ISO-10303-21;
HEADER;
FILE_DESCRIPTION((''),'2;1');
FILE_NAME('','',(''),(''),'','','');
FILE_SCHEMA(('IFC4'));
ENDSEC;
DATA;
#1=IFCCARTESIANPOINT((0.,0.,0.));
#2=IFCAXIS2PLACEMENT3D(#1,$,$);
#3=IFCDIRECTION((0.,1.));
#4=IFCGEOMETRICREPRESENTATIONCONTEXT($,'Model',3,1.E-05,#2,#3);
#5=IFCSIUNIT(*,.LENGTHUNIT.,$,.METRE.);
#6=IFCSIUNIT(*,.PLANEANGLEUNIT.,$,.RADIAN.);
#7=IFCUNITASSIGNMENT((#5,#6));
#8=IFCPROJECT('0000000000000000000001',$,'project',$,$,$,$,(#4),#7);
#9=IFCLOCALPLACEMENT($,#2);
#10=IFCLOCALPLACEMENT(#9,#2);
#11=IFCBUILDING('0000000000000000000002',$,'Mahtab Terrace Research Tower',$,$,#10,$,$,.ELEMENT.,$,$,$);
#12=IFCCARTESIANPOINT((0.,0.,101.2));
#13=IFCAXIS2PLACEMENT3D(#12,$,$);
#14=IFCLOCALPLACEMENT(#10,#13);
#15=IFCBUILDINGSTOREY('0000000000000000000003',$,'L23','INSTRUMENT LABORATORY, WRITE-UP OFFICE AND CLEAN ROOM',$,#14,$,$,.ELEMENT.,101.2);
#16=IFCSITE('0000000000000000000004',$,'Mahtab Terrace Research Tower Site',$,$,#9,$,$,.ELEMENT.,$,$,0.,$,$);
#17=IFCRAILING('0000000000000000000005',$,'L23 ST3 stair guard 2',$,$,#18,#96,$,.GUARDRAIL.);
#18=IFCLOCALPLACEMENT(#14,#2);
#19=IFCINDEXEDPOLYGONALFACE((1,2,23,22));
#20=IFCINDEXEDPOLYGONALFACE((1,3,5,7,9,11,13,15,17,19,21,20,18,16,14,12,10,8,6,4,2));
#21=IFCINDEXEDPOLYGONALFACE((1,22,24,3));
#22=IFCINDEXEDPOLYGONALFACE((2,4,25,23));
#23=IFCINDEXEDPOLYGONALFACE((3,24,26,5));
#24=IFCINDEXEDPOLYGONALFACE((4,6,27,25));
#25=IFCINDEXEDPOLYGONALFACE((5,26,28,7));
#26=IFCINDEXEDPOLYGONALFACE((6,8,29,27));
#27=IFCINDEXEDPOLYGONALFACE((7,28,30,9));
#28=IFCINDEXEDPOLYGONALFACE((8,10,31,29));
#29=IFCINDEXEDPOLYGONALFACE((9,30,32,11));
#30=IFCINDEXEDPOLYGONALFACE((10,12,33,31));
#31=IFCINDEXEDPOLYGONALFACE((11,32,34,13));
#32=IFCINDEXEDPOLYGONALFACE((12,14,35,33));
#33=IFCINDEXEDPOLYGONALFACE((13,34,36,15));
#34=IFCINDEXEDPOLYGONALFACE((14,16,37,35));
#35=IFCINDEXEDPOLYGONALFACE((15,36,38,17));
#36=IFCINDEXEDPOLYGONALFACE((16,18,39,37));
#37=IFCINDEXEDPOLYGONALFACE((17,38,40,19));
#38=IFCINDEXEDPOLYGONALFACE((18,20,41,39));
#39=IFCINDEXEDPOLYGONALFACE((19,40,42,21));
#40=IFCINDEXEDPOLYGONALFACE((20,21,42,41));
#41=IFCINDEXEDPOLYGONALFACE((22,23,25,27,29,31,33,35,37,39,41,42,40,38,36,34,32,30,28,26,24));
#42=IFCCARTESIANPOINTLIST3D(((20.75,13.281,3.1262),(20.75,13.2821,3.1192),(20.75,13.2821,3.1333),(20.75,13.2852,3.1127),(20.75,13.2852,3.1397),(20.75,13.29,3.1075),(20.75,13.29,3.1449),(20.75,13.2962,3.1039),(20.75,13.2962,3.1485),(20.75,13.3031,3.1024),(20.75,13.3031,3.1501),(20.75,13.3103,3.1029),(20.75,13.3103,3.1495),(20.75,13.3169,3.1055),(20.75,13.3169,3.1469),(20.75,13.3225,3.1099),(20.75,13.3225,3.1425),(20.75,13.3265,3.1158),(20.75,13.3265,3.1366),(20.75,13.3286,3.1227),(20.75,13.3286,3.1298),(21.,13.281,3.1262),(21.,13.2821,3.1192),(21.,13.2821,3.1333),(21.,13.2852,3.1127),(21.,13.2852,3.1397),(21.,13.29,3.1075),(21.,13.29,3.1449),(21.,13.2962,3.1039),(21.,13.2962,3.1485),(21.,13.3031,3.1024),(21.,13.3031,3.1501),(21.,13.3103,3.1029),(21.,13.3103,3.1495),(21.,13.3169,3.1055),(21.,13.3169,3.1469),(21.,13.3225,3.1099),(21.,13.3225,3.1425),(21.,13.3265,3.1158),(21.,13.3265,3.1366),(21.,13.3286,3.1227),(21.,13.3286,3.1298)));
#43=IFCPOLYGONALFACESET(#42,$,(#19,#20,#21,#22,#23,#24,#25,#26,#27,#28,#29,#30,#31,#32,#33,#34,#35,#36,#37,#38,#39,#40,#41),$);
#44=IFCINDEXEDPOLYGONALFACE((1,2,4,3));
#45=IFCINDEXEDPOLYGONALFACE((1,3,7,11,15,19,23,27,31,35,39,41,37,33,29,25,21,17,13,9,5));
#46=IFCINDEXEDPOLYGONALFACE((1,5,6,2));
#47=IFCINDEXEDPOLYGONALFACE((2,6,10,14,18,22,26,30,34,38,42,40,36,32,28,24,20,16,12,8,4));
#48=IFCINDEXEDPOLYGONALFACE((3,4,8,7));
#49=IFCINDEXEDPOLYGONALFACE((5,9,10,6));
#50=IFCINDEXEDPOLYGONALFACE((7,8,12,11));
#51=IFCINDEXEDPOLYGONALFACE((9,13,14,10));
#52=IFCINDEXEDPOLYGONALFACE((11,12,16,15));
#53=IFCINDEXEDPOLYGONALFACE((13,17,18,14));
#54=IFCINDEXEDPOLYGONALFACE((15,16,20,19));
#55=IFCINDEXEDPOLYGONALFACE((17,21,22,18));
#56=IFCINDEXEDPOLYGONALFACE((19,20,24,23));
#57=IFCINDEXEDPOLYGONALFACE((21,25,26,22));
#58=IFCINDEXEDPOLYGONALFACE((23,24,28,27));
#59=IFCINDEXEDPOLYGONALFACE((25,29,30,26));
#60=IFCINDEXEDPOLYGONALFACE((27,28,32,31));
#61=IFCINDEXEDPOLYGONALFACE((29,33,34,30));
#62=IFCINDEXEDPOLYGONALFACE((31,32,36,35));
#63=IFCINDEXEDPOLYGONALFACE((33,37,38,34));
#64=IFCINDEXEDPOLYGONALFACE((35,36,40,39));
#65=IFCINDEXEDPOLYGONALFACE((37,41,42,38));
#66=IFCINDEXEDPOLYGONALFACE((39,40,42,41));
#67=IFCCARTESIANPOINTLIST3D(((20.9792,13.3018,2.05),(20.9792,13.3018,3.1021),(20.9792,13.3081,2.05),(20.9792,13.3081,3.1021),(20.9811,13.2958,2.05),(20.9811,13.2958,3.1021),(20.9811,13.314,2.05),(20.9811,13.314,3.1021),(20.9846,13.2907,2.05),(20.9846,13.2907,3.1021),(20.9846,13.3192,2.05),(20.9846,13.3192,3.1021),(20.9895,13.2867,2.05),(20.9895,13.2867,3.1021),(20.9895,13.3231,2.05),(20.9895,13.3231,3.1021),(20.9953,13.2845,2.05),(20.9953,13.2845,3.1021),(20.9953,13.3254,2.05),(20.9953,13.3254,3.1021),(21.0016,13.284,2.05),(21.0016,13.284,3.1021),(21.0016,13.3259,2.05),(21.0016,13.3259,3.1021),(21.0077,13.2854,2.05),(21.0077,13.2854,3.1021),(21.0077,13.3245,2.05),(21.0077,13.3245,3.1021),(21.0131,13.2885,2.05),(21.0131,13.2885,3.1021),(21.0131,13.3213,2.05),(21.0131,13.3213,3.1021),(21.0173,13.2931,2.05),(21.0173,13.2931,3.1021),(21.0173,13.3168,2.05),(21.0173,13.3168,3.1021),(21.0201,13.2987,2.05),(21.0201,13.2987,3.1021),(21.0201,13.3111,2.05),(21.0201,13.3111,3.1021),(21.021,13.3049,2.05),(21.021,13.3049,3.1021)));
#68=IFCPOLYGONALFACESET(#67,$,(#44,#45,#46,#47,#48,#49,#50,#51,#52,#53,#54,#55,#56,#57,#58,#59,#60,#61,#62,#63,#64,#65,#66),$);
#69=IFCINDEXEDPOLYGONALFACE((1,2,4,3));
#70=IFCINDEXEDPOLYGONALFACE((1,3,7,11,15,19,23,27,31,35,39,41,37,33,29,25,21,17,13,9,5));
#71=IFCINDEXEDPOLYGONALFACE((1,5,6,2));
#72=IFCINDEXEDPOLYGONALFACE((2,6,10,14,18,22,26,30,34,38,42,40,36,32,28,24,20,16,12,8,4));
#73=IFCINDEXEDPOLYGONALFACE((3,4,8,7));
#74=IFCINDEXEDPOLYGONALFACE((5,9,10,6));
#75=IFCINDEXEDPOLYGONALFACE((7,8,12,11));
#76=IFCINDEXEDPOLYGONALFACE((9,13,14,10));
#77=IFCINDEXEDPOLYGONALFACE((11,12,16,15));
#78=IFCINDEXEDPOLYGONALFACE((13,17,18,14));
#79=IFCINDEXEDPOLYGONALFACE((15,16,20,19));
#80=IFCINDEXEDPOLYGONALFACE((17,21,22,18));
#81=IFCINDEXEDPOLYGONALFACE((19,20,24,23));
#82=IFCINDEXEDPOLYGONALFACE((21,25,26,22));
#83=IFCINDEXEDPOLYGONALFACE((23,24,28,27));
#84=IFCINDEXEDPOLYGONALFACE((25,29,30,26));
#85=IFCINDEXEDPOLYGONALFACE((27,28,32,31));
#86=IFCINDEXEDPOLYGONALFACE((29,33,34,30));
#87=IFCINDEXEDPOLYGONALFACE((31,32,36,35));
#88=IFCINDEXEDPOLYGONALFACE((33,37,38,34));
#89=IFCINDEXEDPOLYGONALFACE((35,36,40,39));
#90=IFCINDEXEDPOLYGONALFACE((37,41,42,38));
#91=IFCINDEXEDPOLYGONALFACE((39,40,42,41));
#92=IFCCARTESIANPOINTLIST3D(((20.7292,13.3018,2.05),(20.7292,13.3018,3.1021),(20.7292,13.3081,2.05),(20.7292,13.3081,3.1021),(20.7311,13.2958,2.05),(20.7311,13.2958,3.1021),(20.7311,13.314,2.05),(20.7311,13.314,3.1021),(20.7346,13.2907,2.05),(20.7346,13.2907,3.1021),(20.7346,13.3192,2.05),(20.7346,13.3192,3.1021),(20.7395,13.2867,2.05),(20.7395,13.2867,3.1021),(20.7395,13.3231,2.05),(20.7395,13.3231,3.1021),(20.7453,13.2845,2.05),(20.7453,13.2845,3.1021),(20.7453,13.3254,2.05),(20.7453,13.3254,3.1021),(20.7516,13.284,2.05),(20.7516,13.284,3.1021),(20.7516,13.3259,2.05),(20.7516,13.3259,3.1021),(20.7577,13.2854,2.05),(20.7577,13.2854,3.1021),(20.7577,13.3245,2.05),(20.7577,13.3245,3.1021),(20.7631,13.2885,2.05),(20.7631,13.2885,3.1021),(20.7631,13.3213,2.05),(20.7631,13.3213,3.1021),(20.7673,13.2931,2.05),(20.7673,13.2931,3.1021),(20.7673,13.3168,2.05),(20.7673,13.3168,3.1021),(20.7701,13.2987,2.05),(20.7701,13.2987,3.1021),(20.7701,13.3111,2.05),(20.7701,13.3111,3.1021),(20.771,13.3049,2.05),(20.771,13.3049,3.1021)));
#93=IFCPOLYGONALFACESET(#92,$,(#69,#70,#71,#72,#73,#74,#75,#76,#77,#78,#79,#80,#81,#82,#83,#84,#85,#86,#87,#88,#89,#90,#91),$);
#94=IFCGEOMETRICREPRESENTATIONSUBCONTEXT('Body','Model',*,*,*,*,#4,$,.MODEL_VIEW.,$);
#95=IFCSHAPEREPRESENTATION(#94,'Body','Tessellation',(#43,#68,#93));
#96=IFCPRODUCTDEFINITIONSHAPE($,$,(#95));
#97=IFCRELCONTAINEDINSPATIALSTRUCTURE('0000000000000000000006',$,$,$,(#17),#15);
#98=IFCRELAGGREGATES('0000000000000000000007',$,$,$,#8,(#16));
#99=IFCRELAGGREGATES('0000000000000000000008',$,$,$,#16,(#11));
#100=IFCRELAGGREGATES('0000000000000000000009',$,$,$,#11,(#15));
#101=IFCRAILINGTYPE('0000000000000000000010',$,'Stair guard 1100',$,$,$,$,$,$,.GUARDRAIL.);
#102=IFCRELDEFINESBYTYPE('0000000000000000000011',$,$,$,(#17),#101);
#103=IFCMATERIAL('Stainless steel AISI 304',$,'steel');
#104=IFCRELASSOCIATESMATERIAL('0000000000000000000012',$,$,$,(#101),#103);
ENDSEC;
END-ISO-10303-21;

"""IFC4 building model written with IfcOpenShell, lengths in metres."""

from ifc_helpers import new_model, si_unit, direction, frame, origin, origin_2d, place, context, subcontext, project, spatial, circle, extrude, material, type_object, element, save


model = new_model("IFC4")

# Units and contexts
model_context = context("Model", 3, precision=1e-05, world=origin(), true_north=direction((0.0, 1.0)))
body_context = subcontext(model_context, "Body", "Model", "MODEL_VIEW")
ifc_project = project(units=[si_unit("LENGTHUNIT", "METRE"), si_unit("PLANEANGLEUNIT", "RADIAN")], contexts=[model_context])

# Site, building, storey
site_placement = place(None, origin())
site = spatial("IfcSite", under=ifc_project, at=site_placement, Name="Mahtab Terrace Research Tower Site", CompositionType="ELEMENT", RefElevation=0.0)
building_placement = place(site_placement, origin())
building = spatial("IfcBuilding", under=site, at=building_placement, Name="Mahtab Terrace Research Tower", CompositionType="ELEMENT")
storey_placement = place(building_placement, frame((0.0, 0.0, 101.2)))
storey = spatial("IfcBuildingStorey", under=building, at=storey_placement, Name="L23", Description="INSTRUMENT LABORATORY, WRITE-UP OFFICE AND CLEAN ROOM", CompositionType="ELEMENT", Elevation=101.2)

# Shared definitions
ifc_material_1 = material(Name="Stainless steel AISI 304", Category="steel")

# Railing
railing_type_1 = type_object("IfcRailingType", Name="Stair guard 1100", PredefinedType="GUARDRAIL", material=ifc_material_1)
railing_1_placement = place(storey_placement, frame((21.0, 13.3049, 2.05)))
element("IfcRailing", 1, at=railing_1_placement, inside=storey, type_object=railing_type_1, Name="L23 ST3 stair guard 2", PredefinedType="GUARDRAIL", context=body_context, shape_type="SweptSolid", body=[
    extrude(circle(Radius=0.0239, at=origin_2d()), frame((0.0, 0.0, 1.0762), z_axis=(-1.0, 0.0, 0.0), x_axis=(0.0, -1.0, 0.0)), (0.0, 0.0, 1.0), 0.25),
    extrude(circle(Radius=0.021, at=origin_2d()), origin(), (0.0, 0.0, 1.0), 1.052),
    extrude(circle(Radius=0.021, at=origin_2d()), frame((-0.25, 0.0, 0.0)), (0.0, 0.0, 1.0), 1.052),
])

save(model, "model.ifc")
